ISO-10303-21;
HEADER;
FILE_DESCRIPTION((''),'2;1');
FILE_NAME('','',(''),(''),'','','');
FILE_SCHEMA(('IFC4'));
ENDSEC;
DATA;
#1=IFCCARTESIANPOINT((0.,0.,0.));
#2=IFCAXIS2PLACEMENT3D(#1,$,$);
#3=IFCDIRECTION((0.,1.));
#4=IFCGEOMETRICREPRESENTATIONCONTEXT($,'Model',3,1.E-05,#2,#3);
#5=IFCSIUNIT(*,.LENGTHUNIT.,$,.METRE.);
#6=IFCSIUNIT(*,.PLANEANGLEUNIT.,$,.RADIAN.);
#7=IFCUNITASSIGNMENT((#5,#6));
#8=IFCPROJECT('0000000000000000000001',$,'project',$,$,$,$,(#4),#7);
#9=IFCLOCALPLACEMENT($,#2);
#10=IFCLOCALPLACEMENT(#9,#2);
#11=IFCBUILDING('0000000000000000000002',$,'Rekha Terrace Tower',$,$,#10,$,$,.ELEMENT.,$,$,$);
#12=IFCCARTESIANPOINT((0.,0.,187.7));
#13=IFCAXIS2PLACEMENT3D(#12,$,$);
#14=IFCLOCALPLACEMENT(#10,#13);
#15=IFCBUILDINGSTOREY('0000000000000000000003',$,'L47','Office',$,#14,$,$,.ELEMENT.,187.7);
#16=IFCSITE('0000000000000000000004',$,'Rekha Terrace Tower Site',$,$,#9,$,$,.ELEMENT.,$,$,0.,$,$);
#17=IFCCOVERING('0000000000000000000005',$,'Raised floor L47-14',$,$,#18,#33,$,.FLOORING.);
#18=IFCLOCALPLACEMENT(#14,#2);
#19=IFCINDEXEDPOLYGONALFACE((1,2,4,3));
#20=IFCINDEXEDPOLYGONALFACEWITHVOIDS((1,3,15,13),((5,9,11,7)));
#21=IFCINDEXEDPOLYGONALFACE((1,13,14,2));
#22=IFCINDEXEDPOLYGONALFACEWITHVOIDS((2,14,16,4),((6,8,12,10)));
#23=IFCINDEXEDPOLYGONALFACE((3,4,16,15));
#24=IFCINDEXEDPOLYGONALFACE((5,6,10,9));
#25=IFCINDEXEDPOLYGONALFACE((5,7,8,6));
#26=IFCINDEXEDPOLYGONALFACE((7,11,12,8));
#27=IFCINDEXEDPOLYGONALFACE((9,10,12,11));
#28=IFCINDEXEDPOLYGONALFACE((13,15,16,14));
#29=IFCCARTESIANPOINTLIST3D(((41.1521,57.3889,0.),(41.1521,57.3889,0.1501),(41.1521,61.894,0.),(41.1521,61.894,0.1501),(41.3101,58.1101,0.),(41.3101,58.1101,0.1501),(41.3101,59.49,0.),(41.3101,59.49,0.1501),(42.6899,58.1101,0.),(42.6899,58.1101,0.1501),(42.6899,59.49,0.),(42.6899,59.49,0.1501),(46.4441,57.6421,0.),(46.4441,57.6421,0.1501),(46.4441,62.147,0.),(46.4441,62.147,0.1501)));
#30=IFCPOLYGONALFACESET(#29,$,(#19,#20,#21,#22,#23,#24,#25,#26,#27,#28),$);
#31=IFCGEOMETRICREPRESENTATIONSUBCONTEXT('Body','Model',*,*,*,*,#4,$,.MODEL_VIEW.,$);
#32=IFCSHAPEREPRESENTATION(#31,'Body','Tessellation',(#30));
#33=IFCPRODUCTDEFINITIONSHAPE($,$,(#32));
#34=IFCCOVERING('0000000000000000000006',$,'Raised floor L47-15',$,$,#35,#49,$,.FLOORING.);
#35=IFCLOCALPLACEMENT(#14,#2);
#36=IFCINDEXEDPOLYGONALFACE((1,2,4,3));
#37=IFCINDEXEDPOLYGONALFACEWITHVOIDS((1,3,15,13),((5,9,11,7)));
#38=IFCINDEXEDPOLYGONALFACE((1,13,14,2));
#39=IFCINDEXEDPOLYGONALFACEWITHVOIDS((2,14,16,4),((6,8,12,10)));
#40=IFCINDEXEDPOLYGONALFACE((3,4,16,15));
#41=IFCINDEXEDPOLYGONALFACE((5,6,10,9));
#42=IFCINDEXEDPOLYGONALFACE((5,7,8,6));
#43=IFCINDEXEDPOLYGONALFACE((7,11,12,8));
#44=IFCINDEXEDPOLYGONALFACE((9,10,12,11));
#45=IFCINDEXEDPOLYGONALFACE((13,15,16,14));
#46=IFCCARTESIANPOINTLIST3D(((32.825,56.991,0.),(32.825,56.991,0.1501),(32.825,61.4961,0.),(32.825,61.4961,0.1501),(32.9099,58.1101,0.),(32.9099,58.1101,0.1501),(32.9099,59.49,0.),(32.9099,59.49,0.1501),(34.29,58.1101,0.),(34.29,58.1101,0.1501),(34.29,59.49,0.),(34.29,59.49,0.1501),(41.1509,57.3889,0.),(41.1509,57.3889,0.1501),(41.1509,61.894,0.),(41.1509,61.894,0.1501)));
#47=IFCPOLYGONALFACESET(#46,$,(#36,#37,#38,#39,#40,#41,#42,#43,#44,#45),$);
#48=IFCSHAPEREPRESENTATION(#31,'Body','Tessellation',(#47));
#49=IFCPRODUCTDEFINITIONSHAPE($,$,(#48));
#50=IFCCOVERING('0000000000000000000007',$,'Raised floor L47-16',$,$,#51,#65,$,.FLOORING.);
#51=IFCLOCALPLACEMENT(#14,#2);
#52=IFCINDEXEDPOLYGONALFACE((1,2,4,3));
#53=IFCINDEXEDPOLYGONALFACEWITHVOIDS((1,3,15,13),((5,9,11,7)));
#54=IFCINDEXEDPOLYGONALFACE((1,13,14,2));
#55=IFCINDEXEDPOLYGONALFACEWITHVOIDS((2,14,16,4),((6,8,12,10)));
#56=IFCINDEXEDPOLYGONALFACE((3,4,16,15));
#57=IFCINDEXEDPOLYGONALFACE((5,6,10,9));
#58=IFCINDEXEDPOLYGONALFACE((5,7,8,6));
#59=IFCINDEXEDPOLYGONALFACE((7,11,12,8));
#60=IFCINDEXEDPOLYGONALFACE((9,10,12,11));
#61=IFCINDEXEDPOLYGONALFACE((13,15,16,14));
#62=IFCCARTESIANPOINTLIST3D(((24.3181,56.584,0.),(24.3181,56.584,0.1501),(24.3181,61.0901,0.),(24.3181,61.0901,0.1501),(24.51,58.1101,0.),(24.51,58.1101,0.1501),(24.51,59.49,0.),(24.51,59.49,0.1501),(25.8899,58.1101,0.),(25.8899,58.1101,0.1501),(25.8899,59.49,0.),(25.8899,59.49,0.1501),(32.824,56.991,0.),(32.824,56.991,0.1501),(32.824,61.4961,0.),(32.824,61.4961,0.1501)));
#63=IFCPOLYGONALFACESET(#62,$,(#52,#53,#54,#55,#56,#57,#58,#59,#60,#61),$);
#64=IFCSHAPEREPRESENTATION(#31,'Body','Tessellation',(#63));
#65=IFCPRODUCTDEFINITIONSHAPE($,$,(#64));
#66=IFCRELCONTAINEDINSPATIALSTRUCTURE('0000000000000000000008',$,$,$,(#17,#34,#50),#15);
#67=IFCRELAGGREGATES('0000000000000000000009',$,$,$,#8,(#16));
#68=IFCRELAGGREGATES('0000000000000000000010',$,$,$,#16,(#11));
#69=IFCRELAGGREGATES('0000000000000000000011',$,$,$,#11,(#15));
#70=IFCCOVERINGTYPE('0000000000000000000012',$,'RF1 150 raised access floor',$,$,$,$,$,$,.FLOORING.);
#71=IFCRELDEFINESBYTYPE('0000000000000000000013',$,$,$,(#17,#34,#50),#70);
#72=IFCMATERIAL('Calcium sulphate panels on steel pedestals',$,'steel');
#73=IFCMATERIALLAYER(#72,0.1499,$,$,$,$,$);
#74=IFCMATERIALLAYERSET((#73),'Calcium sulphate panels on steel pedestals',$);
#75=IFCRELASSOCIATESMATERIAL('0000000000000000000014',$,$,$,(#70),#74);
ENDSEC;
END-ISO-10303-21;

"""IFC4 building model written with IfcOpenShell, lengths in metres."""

from ifc_helpers import new_model, si_unit, direction, frame, origin, place, context, subcontext, project, spatial, polyline, outline, extrude, material, layer, layer_set, type_object, element, save


model = new_model("IFC4")

# Units and contexts
model_context = context("Model", 3, precision=1e-05, world=origin(), true_north=direction((0.0, 1.0)))
body_context = subcontext(model_context, "Body", "Model", "MODEL_VIEW")
ifc_project = project(units=[si_unit("LENGTHUNIT", "METRE"), si_unit("PLANEANGLEUNIT", "RADIAN")], contexts=[model_context])

# Site, building, storey
site_placement = place(None, origin())
site = spatial("IfcSite", under=ifc_project, at=site_placement, Name="Rekha Terrace Tower Site", CompositionType="ELEMENT", RefElevation=0.0)
building_placement = place(site_placement, origin())
building = spatial("IfcBuilding", under=site, at=building_placement, Name="Rekha Terrace Tower", CompositionType="ELEMENT")
storey_placement = place(building_placement, frame((0.0, 0.0, 187.7)))
storey = spatial("IfcBuildingStorey", under=building, at=storey_placement, Name="L47", Description="Office", CompositionType="ELEMENT", Elevation=187.7)

# Coverings
ifc_material_1 = material(Name="Calcium sulphate panels on steel pedestals", Category="steel")
ifc_layer_1 = layer(ifc_material_1, 0.1499)
ifc_layer_set_1 = layer_set([ifc_layer_1], Name="Calcium sulphate panels on steel pedestals")
covering_type_1 = type_object("IfcCoveringType", Name="RF1 150 raised access floor", PredefinedType="FLOORING", material=ifc_layer_set_1)
covering_1_placement = place(storey_placement, origin())
element("IfcCovering", 1, at=covering_1_placement, inside=storey, type_object=covering_type_1, Name="Raised floor L47-14", PredefinedType="FLOORING", context=body_context, shape_type="SweptSolid", body=[
    extrude(outline(polyline([(46.4441, 62.147), (41.1521, 61.894), (41.1521, 57.3889), (46.4441, 57.6421), (46.4441, 62.147)]), holes=[polyline([(42.6899, 59.49), (42.6899, 58.1101), (41.3101, 58.1101), (41.3101, 59.49), (42.6899, 59.49)])]), origin(), (0.0, 0.0, 1.0), 0.1501),
])
covering_2_placement = place(storey_placement, origin())
element("IfcCovering", 2, at=covering_2_placement, inside=storey, type_object=covering_type_1, Name="Raised floor L47-15", PredefinedType="FLOORING", context=body_context, shape_type="SweptSolid", body=[
    extrude(outline(polyline([(41.1509, 57.3889), (41.1509, 61.894), (32.825, 61.4961), (32.825, 56.991), (41.1509, 57.3889)]), holes=[polyline([(34.29, 58.1101), (32.9099, 58.1101), (32.9099, 59.49), (34.29, 59.49), (34.29, 58.1101)])]), origin(), (0.0, 0.0, 1.0), 0.1501),
])
covering_3_placement = place(storey_placement, origin())
element("IfcCovering", 3, at=covering_3_placement, inside=storey, type_object=covering_type_1, Name="Raised floor L47-16", PredefinedType="FLOORING", context=body_context, shape_type="SweptSolid", body=[
    extrude(outline(polyline([(32.824, 56.991), (32.824, 61.4961), (24.3181, 61.0901), (24.3181, 56.584), (32.824, 56.991)]), holes=[polyline([(25.8899, 58.1101), (24.51, 58.1101), (24.51, 59.49), (25.8899, 59.49), (25.8899, 58.1101)])]), origin(), (0.0, 0.0, 1.0), 0.1501),
])

save(model, "model.ifc")
